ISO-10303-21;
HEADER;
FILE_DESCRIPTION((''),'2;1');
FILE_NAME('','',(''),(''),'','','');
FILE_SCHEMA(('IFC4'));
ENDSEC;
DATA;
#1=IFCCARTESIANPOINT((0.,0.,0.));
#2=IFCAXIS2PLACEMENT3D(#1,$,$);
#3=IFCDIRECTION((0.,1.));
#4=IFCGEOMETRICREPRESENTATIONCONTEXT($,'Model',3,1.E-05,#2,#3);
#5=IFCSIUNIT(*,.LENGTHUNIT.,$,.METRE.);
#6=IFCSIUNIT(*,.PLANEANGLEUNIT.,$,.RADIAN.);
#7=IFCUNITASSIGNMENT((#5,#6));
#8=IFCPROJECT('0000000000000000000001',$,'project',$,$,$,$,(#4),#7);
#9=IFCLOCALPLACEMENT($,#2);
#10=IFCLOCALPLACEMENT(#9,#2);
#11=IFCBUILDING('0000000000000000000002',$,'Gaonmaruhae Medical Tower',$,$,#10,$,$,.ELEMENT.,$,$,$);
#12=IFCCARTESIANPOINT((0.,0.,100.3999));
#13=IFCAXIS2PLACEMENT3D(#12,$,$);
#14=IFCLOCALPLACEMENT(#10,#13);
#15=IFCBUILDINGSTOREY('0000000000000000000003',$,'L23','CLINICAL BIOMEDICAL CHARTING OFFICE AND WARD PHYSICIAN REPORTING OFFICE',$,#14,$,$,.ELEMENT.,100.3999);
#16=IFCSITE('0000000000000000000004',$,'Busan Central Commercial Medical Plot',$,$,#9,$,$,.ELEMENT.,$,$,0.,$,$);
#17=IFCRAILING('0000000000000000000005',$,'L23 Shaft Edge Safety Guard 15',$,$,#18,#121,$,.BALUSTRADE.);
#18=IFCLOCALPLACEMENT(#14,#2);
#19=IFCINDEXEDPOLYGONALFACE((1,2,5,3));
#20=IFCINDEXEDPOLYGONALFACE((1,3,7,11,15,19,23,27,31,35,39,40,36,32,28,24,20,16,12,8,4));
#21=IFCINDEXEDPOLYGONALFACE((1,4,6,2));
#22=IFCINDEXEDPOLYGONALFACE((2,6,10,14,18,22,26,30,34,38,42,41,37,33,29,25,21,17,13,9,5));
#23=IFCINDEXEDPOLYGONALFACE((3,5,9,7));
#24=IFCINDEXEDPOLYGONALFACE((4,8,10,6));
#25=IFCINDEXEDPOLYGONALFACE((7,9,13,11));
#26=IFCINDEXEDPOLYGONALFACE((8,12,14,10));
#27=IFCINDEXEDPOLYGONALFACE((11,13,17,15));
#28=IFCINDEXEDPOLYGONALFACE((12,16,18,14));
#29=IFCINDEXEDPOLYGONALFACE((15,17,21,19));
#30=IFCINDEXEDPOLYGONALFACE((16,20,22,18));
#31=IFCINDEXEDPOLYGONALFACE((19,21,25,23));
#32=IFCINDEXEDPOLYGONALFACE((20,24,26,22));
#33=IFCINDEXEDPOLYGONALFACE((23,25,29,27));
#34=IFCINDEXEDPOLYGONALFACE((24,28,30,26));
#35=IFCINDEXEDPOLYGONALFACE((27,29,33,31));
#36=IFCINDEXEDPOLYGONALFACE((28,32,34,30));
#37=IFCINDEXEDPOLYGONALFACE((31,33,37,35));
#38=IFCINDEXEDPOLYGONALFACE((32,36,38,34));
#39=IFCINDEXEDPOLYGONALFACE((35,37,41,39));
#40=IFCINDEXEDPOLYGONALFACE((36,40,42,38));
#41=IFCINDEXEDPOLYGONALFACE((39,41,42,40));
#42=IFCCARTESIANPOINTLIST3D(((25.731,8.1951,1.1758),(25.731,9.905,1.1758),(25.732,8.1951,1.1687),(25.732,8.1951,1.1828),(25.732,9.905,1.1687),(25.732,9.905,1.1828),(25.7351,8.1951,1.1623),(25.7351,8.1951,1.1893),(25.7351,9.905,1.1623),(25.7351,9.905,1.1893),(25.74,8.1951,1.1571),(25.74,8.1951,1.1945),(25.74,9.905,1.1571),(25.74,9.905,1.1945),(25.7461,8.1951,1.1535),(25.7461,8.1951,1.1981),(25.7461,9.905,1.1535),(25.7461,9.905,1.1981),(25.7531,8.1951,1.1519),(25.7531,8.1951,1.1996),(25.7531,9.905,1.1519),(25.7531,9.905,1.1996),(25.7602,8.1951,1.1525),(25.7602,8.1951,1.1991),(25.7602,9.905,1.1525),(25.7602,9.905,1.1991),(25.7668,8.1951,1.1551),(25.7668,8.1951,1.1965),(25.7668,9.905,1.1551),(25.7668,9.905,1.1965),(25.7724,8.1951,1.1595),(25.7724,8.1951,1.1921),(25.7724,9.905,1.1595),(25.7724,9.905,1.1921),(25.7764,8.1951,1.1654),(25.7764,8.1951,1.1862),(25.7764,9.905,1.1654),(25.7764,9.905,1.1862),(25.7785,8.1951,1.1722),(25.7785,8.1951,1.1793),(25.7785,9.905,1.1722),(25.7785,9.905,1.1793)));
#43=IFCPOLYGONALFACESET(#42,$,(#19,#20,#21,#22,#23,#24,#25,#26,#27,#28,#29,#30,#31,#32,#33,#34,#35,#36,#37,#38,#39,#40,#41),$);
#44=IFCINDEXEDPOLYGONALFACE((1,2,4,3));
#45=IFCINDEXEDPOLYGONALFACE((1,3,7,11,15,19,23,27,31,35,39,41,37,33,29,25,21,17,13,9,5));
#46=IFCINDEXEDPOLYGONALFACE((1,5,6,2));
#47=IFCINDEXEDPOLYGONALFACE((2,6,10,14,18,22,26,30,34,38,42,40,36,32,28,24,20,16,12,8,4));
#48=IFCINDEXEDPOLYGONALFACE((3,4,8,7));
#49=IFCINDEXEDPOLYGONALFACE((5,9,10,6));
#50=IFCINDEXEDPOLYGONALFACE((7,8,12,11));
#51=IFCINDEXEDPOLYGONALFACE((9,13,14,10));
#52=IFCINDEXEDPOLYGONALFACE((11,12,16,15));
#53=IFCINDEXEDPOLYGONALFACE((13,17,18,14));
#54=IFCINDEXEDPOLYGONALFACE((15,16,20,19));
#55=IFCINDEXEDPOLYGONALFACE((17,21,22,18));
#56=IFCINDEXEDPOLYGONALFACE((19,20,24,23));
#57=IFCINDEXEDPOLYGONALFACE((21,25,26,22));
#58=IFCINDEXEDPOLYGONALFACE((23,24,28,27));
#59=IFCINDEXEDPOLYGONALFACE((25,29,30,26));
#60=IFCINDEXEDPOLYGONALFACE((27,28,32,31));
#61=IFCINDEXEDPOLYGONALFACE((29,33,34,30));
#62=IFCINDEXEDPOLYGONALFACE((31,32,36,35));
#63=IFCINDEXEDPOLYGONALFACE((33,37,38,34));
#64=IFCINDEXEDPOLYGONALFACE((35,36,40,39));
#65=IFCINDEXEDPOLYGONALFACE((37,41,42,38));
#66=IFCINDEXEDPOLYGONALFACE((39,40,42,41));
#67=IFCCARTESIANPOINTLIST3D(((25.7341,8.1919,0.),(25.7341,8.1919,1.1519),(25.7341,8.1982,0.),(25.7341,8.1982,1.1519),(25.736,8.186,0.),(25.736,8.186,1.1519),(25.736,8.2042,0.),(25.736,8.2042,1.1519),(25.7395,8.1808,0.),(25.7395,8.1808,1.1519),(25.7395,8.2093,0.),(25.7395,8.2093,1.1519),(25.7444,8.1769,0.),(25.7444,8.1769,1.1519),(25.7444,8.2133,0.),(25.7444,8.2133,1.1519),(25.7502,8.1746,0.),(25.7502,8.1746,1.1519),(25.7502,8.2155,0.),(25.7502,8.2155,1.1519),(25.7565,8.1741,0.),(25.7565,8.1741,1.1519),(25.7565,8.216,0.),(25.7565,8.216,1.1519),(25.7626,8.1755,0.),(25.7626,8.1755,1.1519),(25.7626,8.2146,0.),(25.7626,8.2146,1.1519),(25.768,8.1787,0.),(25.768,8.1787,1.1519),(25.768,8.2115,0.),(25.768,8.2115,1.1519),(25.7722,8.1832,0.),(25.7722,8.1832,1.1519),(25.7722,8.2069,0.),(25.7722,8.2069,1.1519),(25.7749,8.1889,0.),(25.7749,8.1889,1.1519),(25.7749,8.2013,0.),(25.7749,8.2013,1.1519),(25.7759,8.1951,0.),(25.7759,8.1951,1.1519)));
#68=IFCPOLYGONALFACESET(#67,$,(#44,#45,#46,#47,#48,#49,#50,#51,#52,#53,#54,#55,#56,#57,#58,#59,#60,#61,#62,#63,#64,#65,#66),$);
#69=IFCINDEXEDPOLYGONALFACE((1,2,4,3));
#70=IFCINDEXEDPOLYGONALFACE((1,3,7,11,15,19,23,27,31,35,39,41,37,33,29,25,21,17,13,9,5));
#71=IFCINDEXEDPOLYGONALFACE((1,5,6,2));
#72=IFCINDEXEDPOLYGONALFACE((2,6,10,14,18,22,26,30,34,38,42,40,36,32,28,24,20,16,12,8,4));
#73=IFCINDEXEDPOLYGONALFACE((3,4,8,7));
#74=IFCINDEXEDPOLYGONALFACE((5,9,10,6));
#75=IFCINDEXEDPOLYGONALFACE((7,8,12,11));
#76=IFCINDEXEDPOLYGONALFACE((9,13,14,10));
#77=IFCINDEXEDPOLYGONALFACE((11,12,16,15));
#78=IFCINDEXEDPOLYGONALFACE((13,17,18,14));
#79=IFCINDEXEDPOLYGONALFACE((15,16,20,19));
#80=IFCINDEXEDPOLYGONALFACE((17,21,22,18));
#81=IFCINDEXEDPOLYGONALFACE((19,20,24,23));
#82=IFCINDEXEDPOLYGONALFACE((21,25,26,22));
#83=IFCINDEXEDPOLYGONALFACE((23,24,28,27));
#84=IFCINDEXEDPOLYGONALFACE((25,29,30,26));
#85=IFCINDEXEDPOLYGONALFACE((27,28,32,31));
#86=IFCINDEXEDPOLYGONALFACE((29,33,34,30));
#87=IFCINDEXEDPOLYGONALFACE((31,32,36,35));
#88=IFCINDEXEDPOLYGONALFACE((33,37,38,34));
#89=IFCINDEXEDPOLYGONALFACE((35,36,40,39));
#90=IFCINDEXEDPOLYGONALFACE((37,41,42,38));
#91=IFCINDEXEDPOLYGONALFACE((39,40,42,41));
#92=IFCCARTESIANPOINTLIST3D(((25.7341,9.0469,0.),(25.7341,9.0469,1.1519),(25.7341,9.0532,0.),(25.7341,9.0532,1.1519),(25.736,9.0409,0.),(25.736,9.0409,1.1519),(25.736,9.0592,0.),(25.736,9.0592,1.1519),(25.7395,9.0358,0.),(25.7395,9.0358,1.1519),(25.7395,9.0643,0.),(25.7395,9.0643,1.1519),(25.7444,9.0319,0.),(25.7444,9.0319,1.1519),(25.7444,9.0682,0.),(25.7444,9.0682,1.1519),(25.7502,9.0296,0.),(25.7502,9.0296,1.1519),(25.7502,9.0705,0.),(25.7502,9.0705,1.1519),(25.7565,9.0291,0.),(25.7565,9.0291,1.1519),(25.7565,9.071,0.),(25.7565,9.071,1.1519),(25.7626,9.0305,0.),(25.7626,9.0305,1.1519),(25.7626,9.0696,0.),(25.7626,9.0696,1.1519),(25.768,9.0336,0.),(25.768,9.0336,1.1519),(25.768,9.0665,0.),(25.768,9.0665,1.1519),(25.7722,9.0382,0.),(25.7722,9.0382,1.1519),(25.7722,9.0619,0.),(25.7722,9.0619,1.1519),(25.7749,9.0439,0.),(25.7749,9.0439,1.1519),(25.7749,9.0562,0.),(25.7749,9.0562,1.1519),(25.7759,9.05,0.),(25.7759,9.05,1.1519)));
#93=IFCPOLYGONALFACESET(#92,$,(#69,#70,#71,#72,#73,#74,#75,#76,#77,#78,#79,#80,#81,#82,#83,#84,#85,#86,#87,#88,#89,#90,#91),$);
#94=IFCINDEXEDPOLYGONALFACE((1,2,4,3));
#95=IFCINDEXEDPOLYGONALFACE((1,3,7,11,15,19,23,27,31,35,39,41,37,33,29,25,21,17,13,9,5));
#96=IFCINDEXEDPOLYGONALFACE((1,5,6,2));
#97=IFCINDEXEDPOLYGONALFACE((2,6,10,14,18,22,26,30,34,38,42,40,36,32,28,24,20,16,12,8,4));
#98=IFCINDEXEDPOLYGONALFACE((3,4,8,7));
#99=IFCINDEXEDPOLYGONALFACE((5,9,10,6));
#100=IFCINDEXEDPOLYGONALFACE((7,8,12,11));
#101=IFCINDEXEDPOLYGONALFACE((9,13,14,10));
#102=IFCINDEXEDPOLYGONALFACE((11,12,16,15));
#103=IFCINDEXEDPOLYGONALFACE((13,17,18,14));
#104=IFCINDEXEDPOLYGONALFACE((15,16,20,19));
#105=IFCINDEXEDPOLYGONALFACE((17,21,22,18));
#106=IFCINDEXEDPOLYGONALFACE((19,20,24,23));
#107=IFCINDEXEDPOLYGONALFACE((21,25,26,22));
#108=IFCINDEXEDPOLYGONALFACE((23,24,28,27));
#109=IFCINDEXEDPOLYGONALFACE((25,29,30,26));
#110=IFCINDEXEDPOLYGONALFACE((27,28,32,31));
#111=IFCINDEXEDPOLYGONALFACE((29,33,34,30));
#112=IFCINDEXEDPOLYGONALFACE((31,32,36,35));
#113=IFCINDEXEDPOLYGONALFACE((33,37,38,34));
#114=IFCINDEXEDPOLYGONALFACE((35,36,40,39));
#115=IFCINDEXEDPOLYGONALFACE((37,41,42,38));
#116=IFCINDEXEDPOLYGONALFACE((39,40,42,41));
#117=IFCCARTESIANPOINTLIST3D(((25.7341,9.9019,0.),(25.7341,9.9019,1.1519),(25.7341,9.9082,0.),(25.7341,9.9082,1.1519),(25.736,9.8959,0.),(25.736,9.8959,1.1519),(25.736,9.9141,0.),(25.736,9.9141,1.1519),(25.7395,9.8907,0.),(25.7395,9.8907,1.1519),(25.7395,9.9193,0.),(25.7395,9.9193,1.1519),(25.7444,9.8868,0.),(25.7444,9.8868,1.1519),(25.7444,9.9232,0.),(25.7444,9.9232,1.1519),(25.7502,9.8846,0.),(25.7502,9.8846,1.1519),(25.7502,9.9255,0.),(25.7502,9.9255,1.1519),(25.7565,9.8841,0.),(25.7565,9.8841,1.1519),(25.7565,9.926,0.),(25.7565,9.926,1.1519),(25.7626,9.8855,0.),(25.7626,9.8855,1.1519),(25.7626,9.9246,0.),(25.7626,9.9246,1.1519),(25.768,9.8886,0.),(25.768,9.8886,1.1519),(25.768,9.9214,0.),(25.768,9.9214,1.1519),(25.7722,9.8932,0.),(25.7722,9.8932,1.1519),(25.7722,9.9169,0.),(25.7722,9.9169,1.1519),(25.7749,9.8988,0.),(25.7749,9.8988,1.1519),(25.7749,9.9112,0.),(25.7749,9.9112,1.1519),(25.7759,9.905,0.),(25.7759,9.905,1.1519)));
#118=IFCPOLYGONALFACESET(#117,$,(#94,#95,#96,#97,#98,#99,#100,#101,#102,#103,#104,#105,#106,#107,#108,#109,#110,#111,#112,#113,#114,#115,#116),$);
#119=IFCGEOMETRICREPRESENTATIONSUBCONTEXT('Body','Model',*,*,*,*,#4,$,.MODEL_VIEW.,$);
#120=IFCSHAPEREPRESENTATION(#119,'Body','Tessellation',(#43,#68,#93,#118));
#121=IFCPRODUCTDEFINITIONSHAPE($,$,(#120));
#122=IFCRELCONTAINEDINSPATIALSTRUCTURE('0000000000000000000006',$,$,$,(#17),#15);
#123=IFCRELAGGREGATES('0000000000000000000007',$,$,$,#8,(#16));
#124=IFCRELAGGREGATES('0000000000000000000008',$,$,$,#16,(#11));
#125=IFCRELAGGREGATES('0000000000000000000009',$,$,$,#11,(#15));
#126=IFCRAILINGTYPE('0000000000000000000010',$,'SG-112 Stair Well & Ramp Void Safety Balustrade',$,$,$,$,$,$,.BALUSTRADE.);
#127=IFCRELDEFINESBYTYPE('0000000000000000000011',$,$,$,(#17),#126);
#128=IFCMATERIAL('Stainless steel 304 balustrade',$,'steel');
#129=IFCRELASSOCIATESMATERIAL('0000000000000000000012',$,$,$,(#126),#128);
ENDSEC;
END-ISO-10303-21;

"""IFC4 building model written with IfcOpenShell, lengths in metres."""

from ifc_helpers import new_model, si_unit, direction, frame, origin, origin_2d, place, context, subcontext, project, spatial, circle, extrude, material, type_object, element, save


model = new_model("IFC4")

# Units and contexts
model_context = context("Model", 3, precision=1e-05, world=origin(), true_north=direction((0.0, 1.0)))
body_context = subcontext(model_context, "Body", "Model", "MODEL_VIEW")
ifc_project = project(units=[si_unit("LENGTHUNIT", "METRE"), si_unit("PLANEANGLEUNIT", "RADIAN")], contexts=[model_context])

# Site, building, storey
site_placement = place(None, origin())
site = spatial("IfcSite", under=ifc_project, at=site_placement, Name="Busan Central Commercial Medical Plot", CompositionType="ELEMENT", RefElevation=0.0)
building_placement = place(site_placement, origin())
building = spatial("IfcBuilding", under=site, at=building_placement, Name="Gaonmaruhae Medical Tower", CompositionType="ELEMENT")
storey_placement = place(building_placement, frame((0.0, 0.0, 100.3999)))
storey = spatial("IfcBuildingStorey", under=building, at=storey_placement, Name="L23", Description="CLINICAL BIOMEDICAL CHARTING OFFICE AND WARD PHYSICIAN REPORTING OFFICE", CompositionType="ELEMENT", Elevation=100.3999)

# Railing
ifc_material_1 = material(Name="Stainless steel 304 balustrade", Category="steel")
railing_type_1 = type_object("IfcRailingType", Name="SG-112 Stair Well & Ramp Void Safety Balustrade", PredefinedType="BALUSTRADE", material=ifc_material_1)
railing_1_placement = place(storey_placement, frame((25.7549, 8.1951, 0.0)))
element("IfcRailing", 1, at=railing_1_placement, inside=storey, type_object=railing_type_1, Name="L23 Shaft Edge Safety Guard 15", PredefinedType="BALUSTRADE", context=body_context, shape_type="SweptSolid", body=[
    extrude(circle(Radius=0.0239, at=origin_2d()), frame((0.0, 0.0, 1.1758), z_axis=(0.0, 1.0, 0.0), x_axis=(-1.0, 0.0, 0.0)), (0.0, 0.0, 1.0), 1.71),
    extrude(circle(Radius=0.021, at=origin_2d()), origin(), (0.0, 0.0, 1.0), 1.1519),
    extrude(circle(Radius=0.021, at=origin_2d()), frame((0.0, 0.855, 0.0)), (0.0, 0.0, 1.0), 1.1519),
    extrude(circle(Radius=0.021, at=origin_2d()), frame((0.0, 1.71, 0.0)), (0.0, 0.0, 1.0), 1.1519),
])

save(model, "model.ifc")
